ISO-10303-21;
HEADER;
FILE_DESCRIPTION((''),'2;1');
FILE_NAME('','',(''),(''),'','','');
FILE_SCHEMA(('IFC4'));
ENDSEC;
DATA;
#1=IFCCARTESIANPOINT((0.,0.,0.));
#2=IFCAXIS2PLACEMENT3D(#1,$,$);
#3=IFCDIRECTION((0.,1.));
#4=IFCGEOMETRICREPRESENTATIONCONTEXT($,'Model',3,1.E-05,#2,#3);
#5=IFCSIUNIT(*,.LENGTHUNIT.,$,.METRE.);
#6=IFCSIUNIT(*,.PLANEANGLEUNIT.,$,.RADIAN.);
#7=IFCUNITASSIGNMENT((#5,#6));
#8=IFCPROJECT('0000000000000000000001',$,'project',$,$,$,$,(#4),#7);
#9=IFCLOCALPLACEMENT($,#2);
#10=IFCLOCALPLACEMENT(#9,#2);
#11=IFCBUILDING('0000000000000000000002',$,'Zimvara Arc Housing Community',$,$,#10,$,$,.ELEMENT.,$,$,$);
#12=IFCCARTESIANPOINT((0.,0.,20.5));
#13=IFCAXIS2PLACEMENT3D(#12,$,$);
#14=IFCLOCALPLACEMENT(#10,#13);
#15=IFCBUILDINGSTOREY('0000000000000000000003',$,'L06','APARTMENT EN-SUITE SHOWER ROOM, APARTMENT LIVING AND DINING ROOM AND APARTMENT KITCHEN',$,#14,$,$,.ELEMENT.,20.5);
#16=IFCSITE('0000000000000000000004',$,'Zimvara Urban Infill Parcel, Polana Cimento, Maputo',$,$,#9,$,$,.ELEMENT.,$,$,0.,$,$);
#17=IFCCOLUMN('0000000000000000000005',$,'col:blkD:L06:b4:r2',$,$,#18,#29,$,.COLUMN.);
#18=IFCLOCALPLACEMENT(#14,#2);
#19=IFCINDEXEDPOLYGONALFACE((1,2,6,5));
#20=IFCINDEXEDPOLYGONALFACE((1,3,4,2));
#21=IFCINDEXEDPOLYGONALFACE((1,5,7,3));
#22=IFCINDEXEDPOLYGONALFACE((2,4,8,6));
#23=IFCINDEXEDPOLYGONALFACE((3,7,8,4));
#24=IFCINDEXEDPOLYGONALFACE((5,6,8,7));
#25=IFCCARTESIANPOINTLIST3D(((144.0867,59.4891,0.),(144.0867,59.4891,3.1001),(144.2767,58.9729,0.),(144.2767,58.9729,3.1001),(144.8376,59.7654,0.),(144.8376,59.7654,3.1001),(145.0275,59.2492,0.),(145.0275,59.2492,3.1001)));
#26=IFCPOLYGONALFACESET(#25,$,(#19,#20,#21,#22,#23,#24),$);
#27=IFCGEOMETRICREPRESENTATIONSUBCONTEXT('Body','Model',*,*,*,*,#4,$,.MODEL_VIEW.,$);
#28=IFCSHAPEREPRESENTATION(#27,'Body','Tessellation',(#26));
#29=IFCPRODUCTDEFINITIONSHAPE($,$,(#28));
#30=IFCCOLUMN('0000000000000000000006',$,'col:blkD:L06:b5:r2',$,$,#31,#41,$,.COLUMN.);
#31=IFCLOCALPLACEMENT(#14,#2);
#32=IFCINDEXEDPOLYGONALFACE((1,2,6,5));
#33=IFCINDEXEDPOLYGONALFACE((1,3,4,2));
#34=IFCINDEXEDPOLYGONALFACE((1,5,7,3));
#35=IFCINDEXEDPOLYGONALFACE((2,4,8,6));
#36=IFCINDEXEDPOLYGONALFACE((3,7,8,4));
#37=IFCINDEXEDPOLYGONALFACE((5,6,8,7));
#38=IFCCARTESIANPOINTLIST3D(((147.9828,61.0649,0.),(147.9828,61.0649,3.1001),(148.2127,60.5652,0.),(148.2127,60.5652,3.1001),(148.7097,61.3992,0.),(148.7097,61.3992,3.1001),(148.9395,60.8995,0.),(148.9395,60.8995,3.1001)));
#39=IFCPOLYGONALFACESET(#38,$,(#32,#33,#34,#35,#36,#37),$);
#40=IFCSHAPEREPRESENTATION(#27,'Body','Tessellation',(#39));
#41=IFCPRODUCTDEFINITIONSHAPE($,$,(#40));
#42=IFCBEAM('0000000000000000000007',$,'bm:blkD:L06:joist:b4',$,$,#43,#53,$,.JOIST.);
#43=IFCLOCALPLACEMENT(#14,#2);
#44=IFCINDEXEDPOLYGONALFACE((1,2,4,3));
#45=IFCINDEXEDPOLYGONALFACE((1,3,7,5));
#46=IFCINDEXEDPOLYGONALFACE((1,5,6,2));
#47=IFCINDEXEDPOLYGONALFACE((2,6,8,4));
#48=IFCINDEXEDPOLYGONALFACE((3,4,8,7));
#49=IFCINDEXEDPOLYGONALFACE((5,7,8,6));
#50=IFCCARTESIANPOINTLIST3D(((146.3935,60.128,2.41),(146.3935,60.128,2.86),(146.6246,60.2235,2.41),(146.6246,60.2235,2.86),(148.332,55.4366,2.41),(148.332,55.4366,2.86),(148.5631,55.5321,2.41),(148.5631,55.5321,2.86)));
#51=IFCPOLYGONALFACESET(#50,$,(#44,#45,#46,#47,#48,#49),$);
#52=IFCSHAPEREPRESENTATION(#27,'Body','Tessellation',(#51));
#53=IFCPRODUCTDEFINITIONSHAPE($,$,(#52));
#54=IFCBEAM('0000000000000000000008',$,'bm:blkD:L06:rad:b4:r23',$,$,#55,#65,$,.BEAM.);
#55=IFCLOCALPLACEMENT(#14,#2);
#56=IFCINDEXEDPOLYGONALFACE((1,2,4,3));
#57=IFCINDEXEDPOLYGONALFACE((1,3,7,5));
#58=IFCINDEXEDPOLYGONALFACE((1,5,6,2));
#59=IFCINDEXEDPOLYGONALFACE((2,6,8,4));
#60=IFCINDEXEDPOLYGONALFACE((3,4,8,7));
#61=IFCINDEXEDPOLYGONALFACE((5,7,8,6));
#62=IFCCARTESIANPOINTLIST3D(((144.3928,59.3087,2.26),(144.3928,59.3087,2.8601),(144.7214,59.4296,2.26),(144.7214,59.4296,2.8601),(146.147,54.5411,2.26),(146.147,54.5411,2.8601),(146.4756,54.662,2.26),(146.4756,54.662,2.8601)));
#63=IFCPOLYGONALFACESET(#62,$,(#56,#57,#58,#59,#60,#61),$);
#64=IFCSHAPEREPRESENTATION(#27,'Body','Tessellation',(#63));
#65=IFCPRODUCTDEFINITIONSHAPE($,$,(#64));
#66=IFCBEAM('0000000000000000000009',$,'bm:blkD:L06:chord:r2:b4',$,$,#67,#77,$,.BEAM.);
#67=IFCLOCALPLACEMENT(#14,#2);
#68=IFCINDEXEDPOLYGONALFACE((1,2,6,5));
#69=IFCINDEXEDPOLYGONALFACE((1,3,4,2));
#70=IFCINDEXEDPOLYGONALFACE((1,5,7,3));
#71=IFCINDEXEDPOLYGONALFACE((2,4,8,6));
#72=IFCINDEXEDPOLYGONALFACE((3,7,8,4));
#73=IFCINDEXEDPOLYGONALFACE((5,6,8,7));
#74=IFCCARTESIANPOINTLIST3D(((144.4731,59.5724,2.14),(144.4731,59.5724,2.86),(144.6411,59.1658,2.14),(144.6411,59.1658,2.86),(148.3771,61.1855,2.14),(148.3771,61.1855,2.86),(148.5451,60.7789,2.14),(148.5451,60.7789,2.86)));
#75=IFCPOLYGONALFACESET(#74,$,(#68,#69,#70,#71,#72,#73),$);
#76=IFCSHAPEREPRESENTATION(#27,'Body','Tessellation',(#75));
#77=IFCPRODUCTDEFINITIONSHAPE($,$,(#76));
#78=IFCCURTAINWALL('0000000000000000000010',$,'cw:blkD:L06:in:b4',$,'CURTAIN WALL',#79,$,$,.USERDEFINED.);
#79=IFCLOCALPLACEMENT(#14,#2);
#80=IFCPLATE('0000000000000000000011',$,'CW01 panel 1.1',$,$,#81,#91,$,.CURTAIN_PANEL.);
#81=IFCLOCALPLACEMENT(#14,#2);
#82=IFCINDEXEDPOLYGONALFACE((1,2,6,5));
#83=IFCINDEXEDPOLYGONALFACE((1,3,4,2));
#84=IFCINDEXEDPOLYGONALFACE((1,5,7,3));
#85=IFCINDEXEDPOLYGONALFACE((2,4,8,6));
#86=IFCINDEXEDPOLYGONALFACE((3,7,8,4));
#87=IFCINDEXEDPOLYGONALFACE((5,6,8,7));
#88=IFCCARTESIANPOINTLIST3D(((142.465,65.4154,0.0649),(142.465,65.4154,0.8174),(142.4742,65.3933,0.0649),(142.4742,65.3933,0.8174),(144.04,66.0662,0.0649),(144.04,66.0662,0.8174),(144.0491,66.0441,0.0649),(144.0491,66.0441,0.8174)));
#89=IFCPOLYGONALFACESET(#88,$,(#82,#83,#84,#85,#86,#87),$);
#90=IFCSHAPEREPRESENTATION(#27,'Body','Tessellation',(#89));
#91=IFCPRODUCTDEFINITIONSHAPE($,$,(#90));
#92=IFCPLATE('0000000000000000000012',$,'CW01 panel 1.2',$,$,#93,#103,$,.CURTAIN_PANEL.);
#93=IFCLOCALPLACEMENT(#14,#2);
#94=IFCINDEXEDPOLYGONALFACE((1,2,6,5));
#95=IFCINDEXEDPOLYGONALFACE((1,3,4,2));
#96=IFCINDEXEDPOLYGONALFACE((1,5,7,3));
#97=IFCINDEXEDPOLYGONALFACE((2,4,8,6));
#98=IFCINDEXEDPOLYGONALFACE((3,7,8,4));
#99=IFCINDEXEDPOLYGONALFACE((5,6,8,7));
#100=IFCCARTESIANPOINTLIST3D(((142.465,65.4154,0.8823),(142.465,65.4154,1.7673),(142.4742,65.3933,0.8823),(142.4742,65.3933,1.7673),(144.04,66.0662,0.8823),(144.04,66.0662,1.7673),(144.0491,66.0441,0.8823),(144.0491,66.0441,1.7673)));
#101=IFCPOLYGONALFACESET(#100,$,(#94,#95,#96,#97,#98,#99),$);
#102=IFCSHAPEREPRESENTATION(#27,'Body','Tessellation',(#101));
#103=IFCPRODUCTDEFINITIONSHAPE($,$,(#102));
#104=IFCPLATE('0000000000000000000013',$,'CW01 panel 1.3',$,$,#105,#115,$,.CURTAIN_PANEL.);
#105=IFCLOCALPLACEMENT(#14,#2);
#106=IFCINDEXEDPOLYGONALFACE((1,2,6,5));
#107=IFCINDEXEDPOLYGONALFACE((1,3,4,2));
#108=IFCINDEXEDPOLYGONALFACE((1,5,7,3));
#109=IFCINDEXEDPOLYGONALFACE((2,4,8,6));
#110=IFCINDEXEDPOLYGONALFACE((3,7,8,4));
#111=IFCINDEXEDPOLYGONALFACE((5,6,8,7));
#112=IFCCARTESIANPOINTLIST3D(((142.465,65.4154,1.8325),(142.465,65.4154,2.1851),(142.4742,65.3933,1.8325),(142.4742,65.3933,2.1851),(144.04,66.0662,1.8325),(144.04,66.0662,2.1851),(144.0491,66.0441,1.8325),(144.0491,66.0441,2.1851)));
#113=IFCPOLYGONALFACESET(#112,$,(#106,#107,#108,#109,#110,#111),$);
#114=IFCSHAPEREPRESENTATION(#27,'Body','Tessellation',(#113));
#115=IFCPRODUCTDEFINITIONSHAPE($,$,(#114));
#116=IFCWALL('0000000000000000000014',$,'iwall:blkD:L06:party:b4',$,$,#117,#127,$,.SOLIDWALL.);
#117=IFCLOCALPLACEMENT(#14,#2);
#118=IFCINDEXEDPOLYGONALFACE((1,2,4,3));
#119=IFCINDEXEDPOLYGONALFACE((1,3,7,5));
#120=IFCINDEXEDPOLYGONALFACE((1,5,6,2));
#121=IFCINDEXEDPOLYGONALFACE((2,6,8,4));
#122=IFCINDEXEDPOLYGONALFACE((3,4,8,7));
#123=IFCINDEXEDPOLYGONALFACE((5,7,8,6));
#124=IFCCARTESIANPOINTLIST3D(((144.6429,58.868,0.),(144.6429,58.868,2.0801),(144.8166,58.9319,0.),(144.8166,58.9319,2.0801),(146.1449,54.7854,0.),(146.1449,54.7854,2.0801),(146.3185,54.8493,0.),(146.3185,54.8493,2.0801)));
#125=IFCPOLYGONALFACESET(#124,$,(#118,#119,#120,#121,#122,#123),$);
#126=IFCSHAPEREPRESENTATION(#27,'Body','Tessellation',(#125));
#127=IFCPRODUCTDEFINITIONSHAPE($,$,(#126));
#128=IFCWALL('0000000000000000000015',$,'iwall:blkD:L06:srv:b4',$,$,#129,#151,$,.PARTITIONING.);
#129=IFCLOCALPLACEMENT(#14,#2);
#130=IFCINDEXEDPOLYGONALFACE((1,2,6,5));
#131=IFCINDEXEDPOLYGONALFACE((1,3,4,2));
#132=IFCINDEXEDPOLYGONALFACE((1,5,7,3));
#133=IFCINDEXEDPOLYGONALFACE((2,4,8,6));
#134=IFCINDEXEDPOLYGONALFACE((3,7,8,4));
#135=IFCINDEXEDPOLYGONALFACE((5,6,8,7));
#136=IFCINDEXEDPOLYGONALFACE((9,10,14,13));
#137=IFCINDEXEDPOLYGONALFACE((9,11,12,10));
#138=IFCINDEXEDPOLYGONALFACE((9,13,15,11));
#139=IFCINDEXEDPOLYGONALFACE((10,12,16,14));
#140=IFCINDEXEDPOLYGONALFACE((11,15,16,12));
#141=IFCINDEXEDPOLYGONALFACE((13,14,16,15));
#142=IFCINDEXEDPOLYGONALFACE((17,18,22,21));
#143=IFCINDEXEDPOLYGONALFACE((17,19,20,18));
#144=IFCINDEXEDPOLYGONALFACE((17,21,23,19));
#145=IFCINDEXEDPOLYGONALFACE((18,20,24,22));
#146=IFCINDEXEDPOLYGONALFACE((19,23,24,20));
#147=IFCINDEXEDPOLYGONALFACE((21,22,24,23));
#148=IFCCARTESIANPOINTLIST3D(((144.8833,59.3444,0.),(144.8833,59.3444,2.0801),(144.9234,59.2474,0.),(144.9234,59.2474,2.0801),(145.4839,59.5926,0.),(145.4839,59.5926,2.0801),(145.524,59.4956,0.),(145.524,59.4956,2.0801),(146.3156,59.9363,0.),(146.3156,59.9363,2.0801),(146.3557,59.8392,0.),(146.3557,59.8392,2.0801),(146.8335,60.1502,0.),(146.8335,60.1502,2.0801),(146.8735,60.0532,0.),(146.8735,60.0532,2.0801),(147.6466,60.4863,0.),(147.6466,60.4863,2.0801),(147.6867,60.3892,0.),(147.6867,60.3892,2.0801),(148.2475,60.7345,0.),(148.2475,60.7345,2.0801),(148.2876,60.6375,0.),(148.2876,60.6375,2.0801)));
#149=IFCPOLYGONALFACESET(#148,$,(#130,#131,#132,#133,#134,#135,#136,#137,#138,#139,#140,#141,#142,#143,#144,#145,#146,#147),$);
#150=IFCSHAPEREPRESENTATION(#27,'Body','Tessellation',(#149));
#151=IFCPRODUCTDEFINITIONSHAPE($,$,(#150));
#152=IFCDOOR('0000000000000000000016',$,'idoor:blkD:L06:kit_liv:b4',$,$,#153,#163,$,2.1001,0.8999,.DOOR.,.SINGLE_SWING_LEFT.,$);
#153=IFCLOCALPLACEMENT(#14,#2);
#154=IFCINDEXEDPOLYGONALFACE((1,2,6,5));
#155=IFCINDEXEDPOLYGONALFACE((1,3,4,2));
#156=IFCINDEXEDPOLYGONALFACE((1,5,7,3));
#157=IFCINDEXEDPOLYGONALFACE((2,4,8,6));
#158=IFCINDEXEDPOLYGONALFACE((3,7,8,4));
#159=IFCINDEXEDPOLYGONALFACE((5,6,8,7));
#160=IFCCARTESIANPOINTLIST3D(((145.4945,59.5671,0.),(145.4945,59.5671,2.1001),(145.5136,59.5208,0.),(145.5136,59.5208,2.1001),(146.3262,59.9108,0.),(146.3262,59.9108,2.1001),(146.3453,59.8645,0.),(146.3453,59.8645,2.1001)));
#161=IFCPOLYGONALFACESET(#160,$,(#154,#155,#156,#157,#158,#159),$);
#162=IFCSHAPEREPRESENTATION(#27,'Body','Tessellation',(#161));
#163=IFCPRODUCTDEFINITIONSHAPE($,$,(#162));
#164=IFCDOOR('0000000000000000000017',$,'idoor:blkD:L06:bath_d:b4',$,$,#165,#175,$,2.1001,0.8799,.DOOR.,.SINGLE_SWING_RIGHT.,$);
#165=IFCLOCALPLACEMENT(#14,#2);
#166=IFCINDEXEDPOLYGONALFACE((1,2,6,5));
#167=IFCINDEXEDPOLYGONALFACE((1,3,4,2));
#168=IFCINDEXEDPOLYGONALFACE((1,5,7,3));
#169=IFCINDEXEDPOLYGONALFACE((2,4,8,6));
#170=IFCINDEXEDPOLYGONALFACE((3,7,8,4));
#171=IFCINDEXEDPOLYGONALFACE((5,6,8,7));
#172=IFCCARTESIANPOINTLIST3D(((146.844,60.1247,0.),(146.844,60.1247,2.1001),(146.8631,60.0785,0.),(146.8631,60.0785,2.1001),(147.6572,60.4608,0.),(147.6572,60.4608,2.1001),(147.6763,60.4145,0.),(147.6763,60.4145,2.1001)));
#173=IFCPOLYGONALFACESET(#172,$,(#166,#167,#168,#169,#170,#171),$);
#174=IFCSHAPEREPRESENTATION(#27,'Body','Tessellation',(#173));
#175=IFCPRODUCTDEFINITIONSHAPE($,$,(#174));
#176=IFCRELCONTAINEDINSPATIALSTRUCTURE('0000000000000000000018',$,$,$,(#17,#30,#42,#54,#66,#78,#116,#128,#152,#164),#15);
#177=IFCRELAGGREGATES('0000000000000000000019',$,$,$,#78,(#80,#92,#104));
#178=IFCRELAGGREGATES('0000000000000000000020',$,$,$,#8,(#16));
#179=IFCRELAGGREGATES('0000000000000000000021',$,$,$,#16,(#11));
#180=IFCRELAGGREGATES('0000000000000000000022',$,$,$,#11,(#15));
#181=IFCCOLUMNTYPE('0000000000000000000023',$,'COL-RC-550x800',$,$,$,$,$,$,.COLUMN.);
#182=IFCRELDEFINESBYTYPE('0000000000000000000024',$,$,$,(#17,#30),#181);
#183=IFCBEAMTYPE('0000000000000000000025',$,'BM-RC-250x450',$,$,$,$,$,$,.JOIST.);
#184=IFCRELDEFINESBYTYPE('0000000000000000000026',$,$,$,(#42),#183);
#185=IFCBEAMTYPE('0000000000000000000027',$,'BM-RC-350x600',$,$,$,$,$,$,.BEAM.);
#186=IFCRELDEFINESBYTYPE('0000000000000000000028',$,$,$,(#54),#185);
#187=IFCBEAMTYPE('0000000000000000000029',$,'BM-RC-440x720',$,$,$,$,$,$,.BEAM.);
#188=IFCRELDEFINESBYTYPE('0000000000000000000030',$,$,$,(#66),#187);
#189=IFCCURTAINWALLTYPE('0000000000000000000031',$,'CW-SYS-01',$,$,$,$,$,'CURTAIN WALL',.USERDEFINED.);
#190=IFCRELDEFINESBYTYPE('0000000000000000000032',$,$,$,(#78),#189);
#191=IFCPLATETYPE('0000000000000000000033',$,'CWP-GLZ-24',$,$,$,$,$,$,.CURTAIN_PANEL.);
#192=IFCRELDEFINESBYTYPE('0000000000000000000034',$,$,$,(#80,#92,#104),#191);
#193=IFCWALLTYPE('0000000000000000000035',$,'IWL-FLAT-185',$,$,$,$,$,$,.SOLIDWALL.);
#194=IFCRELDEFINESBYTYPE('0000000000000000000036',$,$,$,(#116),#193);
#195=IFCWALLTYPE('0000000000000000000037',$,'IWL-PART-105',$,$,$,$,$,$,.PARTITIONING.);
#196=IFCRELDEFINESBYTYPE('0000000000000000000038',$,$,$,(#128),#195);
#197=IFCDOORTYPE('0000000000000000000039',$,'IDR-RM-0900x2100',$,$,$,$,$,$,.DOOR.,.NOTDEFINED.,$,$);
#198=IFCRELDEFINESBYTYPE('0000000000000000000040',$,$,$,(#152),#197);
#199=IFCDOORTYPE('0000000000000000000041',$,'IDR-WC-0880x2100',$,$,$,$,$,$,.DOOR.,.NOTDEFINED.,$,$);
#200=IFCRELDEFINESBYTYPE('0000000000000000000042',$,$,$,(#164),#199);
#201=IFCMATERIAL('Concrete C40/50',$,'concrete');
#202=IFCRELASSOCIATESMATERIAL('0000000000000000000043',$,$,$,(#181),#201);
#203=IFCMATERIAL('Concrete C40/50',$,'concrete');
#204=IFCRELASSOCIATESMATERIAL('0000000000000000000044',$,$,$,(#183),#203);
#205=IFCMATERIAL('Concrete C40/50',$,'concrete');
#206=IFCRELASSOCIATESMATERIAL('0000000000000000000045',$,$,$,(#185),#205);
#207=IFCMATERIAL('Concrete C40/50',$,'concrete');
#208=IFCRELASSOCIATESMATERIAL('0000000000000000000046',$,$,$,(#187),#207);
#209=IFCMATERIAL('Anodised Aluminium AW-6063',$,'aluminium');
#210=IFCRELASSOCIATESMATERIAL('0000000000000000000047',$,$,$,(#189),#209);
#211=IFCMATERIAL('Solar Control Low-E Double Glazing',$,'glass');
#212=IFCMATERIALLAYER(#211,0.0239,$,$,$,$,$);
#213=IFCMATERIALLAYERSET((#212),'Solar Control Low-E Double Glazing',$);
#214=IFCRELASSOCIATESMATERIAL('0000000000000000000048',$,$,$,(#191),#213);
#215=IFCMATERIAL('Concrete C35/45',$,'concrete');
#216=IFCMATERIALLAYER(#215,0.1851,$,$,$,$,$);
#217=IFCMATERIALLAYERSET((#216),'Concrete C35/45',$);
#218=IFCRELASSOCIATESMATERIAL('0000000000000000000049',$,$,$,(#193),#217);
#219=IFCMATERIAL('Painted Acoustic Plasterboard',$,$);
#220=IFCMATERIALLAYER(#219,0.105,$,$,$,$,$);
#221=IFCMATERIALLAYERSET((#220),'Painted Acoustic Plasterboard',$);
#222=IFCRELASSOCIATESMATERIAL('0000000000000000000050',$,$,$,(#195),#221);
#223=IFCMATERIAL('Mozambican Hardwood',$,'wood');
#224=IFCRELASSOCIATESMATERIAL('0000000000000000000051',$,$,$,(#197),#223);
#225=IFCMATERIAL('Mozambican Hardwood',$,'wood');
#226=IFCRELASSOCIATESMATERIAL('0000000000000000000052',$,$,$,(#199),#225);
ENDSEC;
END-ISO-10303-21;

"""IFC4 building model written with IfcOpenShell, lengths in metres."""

from ifc_helpers import new_model, si_unit, direction, frame, frame_2d, origin, origin_2d, place, context, subcontext, project, spatial, rectangle, extrude, material, layer, layer_set, material_profile, profile_set, type_object, element, fill, aggregate, save


model = new_model("IFC4")

# Units and contexts
model_context = context("Model", 3, precision=1e-05, world=origin(), true_north=direction((0.0, 1.0)))
body_context = subcontext(model_context, "Body", "Model", "MODEL_VIEW")
ifc_project = project(units=[si_unit("LENGTHUNIT", "METRE"), si_unit("PLANEANGLEUNIT", "RADIAN")], contexts=[model_context])

# Site, building, storey
site_placement = place(None, origin())
site = spatial("IfcSite", under=ifc_project, at=site_placement, Name="Zimvara Urban Infill Parcel, Polana Cimento, Maputo", CompositionType="ELEMENT", RefElevation=0.0)
building_placement = place(site_placement, origin())
building = spatial("IfcBuilding", under=site, at=building_placement, Name="Zimvara Arc Housing Community", CompositionType="ELEMENT")
storey_placement = place(building_placement, frame((0.0, 0.0, 20.5)))
storey = spatial("IfcBuildingStorey", under=building, at=storey_placement, Name="L06", Description="APARTMENT EN-SUITE SHOWER ROOM, APARTMENT LIVING AND DINING ROOM AND APARTMENT KITCHEN", CompositionType="ELEMENT", Elevation=20.5)

# Columns
ifc_material_1 = material(Name="Concrete C40/50", Category="concrete")
ifc_material_profile_1 = material_profile(ifc_material_1, rectangle(XDim=0.55, YDim=0.8, at=origin_2d()), Name="RC 550x800")
ifc_profile_set_1 = profile_set([ifc_material_profile_1], Name="Concrete C40/50")
column_type = type_object("IfcColumnType", Name="COL-RC-550x800", PredefinedType="COLUMN", material=ifc_profile_set_1)
for number, where, z_axis, x_axis, name in (
    (1, (144.5571, 59.3691, 0.0), (0.0, 0.0, 1.0), (0.345298, -0.938493, 0.0), "col:blkD:L06:b4:r2"),
    (2, (148.4612, 60.9822, 0.0), (0.0, 0.0, 1.0), (0.417867, -0.908508, 0.0), "col:blkD:L06:b5:r2"),
):
    element("IfcColumn", number, at=place(storey_placement, frame(where, z_axis=z_axis, x_axis=x_axis)), inside=storey, type_object=column_type, Name=name, PredefinedType="COLUMN", context=body_context, shape_type="SweptSolid", body=[
        extrude(rectangle(XDim=0.55, YDim=0.8, at=origin_2d()), origin(), (0.0, 0.0, 1.0), 3.1001),
    ])

# Beams
ifc_material_2 = material(Name="Concrete C40/50", Category="concrete")
ifc_material_profile_2 = material_profile(ifc_material_2, rectangle(XDim=0.25, YDim=0.45, at=origin_2d()), Name="RC 250x450")
ifc_profile_set_2 = profile_set([ifc_material_profile_2], Name="Concrete C40/50")
beam_type_1 = type_object("IfcBeamType", Name="BM-RC-250x450", PredefinedType="JOIST", material=ifc_profile_set_2)
beam_1_placement = place(storey_placement, frame((146.509, 60.1758, 2.635), z_axis=(0.381882, -0.924211, 0.0), x_axis=(0.924211, 0.381882, 0.0)))
element("IfcBeam", 3, at=beam_1_placement, inside=storey, type_object=beam_type_1, Name="bm:blkD:L06:joist:b4", PredefinedType="JOIST", context=body_context, shape_type="SweptSolid", body=[
    extrude(rectangle(XDim=0.25, YDim=0.45, at=origin_2d()), origin(), (0.0, 0.0, 1.0), 5.0762),
])
ifc_material_3 = material(Name="Concrete C40/50", Category="concrete")
ifc_material_profile_3 = material_profile(ifc_material_3, rectangle(XDim=0.3501, YDim=0.6001, at=origin_2d()), Name="RC 350x600")
ifc_profile_set_3 = profile_set([ifc_material_profile_3], Name="Concrete C40/50")
beam_type_2 = type_object("IfcBeamType", Name="BM-RC-350x600", PredefinedType="BEAM", material=ifc_profile_set_3)
beam_2_placement = place(storey_placement, frame((144.5571, 59.3691, 2.5601), z_axis=(0.345302, -0.938492, 0.0), x_axis=(0.938492, 0.345302, 0.0)))
element("IfcBeam", 4, at=beam_2_placement, inside=storey, type_object=beam_type_2, Name="bm:blkD:L06:rad:b4:r23", PredefinedType="BEAM", context=body_context, shape_type="SweptSolid", body=[
    extrude(rectangle(XDim=0.3501, YDim=0.6001, at=origin_2d()), origin(), (0.0, 0.0, 1.0), 5.0801),
])
ifc_material_4 = material(Name="Concrete C40/50", Category="concrete")
ifc_material_profile_4 = material_profile(ifc_material_4, rectangle(XDim=0.4399, YDim=0.72, at=origin_2d()), Name="RC 440x720")
ifc_profile_set_4 = profile_set([ifc_material_profile_4], Name="Concrete C40/50")
beam_type_3 = type_object("IfcBeamType", Name="BM-RC-440x720", PredefinedType="BEAM", material=ifc_profile_set_4)
beam_3_placement = place(storey_placement, frame((144.5571, 59.3691, 2.5), z_axis=(0.92422, 0.38186, 0.0), x_axis=(-0.38186, 0.92422, 0.0)))
element("IfcBeam", 5, at=beam_3_placement, inside=storey, type_object=beam_type_3, Name="bm:blkD:L06:chord:r2:b4", PredefinedType="BEAM", context=body_context, shape_type="SweptSolid", body=[
    extrude(rectangle(XDim=0.4399, YDim=0.72, at=origin_2d()), origin(), (0.0, 0.0, 1.0), 4.2241),
])

# Curtain wall, plates
ifc_material_5 = material(Name="Anodised Aluminium AW-6063", Category="aluminium")
curtain_wall_type = type_object("IfcCurtainWallType", Name="CW-SYS-01", ElementType="CURTAIN WALL", PredefinedType="USERDEFINED", material=ifc_material_5)
curtain_wall_placement = place(storey_placement, origin())
curtain_wall = element("IfcCurtainWall", 6, at=curtain_wall_placement, inside=storey, type_object=curtain_wall_type, Name="cw:blkD:L06:in:b4", ObjectType="CURTAIN WALL", PredefinedType="USERDEFINED")
ifc_material_6 = material(Name="Solar Control Low-E Double Glazing", Category="glass")
ifc_layer_1 = layer(ifc_material_6, 0.0239)
ifc_layer_set_1 = layer_set([ifc_layer_1], Name="Solar Control Low-E Double Glazing")
plate_type = type_object("IfcPlateType", Name="CWP-GLZ-24", PredefinedType="CURTAIN_PANEL", material=ifc_layer_set_1)
plate_1_placement = place(storey_placement, frame((143.2571, 65.7297, 0.0649), z_axis=(0.0, 0.0, 1.0), x_axis=(0.924213, 0.381878, 0.0)))
plate_1 = element("IfcPlate", 7, at=plate_1_placement, type_object=plate_type, Name="CW01 panel 1.1", PredefinedType="CURTAIN_PANEL", context=body_context, shape_type="SweptSolid", body=[
    extrude(rectangle(XDim=1.7041, YDim=0.0239, at=origin_2d()), origin(), (0.0, 0.0, 1.0), 0.7524),
])
plate_2_placement = place(storey_placement, frame((143.2571, 65.7297, 0.8823), z_axis=(0.0, 0.0, 1.0), x_axis=(0.924213, 0.381878, 0.0)))
plate_2 = element("IfcPlate", 8, at=plate_2_placement, type_object=plate_type, Name="CW01 panel 1.2", PredefinedType="CURTAIN_PANEL", context=body_context, shape_type="SweptSolid", body=[
    extrude(rectangle(XDim=1.7041, YDim=0.0239, at=origin_2d()), origin(), (0.0, 0.0, 1.0), 0.885),
])
plate_3_placement = place(storey_placement, frame((143.2571, 65.7297, 1.8325), z_axis=(0.0, 0.0, 1.0), x_axis=(0.924213, 0.381878, 0.0)))
plate_3 = element("IfcPlate", 9, at=plate_3_placement, type_object=plate_type, Name="CW01 panel 1.3", PredefinedType="CURTAIN_PANEL", context=body_context, shape_type="SweptSolid", body=[
    extrude(rectangle(XDim=1.7041, YDim=0.0239, at=origin_2d()), origin(), (0.0, 0.0, 1.0), 0.3525),
])
aggregate(curtain_wall, [plate_1, plate_2, plate_3])

# Wall
ifc_material_7 = material(Name="Concrete C35/45", Category="concrete")
ifc_layer_2 = layer(ifc_material_7, 0.1851)
ifc_layer_set_2 = layer_set([ifc_layer_2], Name="Concrete C35/45")
wall_type_1 = type_object("IfcWallType", Name="IWL-FLAT-185", PredefinedType="SOLIDWALL", material=ifc_layer_set_2)
wall_1_placement = place(storey_placement, frame((144.7297, 58.8999, 0.0), z_axis=(0.0, 0.0, 1.0), x_axis=(0.345274, -0.938502, 0.0)))
element("IfcWall", 10, at=wall_1_placement, inside=storey, type_object=wall_type_1, Name="iwall:blkD:L06:party:b4", PredefinedType="SOLIDWALL", context=body_context, shape_type="SweptSolid", body=[
    extrude(rectangle(XDim=4.3501, YDim=0.1851, at=frame_2d((2.175, 0.0))), origin(), (0.0, 0.0, 1.0), 2.0801),
])

# Wall, openings, doors
ifc_material_8 = material(Name="Painted Acoustic Plasterboard")
ifc_layer_3 = layer(ifc_material_8, 0.105)
ifc_layer_set_3 = layer_set([ifc_layer_3], Name="Painted Acoustic Plasterboard")
wall_type_2 = type_object("IfcWallType", Name="IWL-PART-105", PredefinedType="PARTITIONING", material=ifc_layer_set_3)
wall_2_placement = place(storey_placement, frame((144.9033, 59.2959, 0.0), z_axis=(0.0, 0.0, 1.0), x_axis=(0.924208, 0.38189, 0.0)))
wall_2 = element("IfcWall", 11, at=wall_2_placement, inside=storey, type_object=wall_type_2, Name="iwall:blkD:L06:srv:b4", PredefinedType="PARTITIONING", context=body_context, shape_type="SweptSolid", body=[
    extrude(rectangle(XDim=3.6401, YDim=0.105, at=frame_2d((1.8201, 0.0))), origin(), (0.0, 0.0, 1.0), 2.0801),
])
opening_1_placement = place(wall_2_placement, frame((0.6499, 0.0, 0.0)))
opening_1 = element("IfcOpeningElement", 12, at=opening_1_placement, cuts=wall_2, PredefinedType="OPENING", context=body_context, shape_type="SweptSolid", body=[
    extrude(rectangle(XDim=0.8999, YDim=2.1001, at=frame_2d((0.45, 1.05))), frame((0.0, 0.0625, 0.0), z_axis=(0.0, -1.0, 0.0), x_axis=(1.0, 0.0, 0.0)), (0.0, 0.0, 1.0), 0.125),
])
opening_2_placement = place(wall_2_placement, frame((2.1101, 0.0, 0.0)))
opening_2 = element("IfcOpeningElement", 13, at=opening_2_placement, cuts=wall_2, PredefinedType="OPENING", context=body_context, shape_type="SweptSolid", body=[
    extrude(rectangle(XDim=0.8799, YDim=2.1001, at=frame_2d((0.4399, 1.05))), frame((0.0, 0.0625, 0.0), z_axis=(0.0, -1.0, 0.0), x_axis=(1.0, 0.0, 0.0)), (0.0, 0.0, 1.0), 0.125),
])
ifc_material_9 = material(Name="Mozambican Hardwood", Category="wood")
door_type_1 = type_object("IfcDoorType", Name="IDR-RM-0900x2100", OperationType="NOTDEFINED", PredefinedType="DOOR", material=ifc_material_9)
door_1_placement = place(opening_1_placement, origin())
door_1 = element("IfcDoor", 14, at=door_1_placement, inside=storey, type_object=door_type_1, Name="idoor:blkD:L06:kit_liv:b4", OperationType="SINGLE_SWING_LEFT", OverallHeight=2.1001, OverallWidth=0.8999, PredefinedType="DOOR", context=body_context, shape_type="SweptSolid", body=[
    extrude(rectangle(XDim=0.8999, YDim=2.1001, at=frame_2d((0.45, 1.05))), frame((0.0, 0.0249, 0.0), z_axis=(0.0, -1.0, 0.0), x_axis=(1.0, 0.0, 0.0)), (0.0, 0.0, 1.0), 0.05),
])
fill(opening_1, door_1)
ifc_material_10 = material(Name="Mozambican Hardwood", Category="wood")
door_type_2 = type_object("IfcDoorType", Name="IDR-WC-0880x2100", OperationType="NOTDEFINED", PredefinedType="DOOR", material=ifc_material_10)
door_2_placement = place(opening_2_placement, origin())
door_2 = element("IfcDoor", 15, at=door_2_placement, inside=storey, type_object=door_type_2, Name="idoor:blkD:L06:bath_d:b4", OperationType="SINGLE_SWING_RIGHT", OverallHeight=2.1001, OverallWidth=0.8799, PredefinedType="DOOR", context=body_context, shape_type="SweptSolid", body=[
    extrude(rectangle(XDim=0.8799, YDim=2.1001, at=frame_2d((0.4399, 1.05))), frame((0.0, 0.0249, 0.0), z_axis=(0.0, -1.0, 0.0), x_axis=(1.0, 0.0, 0.0)), (0.0, 0.0, 1.0), 0.05),
])
fill(opening_2, door_2)

save(model, "model.ifc")
